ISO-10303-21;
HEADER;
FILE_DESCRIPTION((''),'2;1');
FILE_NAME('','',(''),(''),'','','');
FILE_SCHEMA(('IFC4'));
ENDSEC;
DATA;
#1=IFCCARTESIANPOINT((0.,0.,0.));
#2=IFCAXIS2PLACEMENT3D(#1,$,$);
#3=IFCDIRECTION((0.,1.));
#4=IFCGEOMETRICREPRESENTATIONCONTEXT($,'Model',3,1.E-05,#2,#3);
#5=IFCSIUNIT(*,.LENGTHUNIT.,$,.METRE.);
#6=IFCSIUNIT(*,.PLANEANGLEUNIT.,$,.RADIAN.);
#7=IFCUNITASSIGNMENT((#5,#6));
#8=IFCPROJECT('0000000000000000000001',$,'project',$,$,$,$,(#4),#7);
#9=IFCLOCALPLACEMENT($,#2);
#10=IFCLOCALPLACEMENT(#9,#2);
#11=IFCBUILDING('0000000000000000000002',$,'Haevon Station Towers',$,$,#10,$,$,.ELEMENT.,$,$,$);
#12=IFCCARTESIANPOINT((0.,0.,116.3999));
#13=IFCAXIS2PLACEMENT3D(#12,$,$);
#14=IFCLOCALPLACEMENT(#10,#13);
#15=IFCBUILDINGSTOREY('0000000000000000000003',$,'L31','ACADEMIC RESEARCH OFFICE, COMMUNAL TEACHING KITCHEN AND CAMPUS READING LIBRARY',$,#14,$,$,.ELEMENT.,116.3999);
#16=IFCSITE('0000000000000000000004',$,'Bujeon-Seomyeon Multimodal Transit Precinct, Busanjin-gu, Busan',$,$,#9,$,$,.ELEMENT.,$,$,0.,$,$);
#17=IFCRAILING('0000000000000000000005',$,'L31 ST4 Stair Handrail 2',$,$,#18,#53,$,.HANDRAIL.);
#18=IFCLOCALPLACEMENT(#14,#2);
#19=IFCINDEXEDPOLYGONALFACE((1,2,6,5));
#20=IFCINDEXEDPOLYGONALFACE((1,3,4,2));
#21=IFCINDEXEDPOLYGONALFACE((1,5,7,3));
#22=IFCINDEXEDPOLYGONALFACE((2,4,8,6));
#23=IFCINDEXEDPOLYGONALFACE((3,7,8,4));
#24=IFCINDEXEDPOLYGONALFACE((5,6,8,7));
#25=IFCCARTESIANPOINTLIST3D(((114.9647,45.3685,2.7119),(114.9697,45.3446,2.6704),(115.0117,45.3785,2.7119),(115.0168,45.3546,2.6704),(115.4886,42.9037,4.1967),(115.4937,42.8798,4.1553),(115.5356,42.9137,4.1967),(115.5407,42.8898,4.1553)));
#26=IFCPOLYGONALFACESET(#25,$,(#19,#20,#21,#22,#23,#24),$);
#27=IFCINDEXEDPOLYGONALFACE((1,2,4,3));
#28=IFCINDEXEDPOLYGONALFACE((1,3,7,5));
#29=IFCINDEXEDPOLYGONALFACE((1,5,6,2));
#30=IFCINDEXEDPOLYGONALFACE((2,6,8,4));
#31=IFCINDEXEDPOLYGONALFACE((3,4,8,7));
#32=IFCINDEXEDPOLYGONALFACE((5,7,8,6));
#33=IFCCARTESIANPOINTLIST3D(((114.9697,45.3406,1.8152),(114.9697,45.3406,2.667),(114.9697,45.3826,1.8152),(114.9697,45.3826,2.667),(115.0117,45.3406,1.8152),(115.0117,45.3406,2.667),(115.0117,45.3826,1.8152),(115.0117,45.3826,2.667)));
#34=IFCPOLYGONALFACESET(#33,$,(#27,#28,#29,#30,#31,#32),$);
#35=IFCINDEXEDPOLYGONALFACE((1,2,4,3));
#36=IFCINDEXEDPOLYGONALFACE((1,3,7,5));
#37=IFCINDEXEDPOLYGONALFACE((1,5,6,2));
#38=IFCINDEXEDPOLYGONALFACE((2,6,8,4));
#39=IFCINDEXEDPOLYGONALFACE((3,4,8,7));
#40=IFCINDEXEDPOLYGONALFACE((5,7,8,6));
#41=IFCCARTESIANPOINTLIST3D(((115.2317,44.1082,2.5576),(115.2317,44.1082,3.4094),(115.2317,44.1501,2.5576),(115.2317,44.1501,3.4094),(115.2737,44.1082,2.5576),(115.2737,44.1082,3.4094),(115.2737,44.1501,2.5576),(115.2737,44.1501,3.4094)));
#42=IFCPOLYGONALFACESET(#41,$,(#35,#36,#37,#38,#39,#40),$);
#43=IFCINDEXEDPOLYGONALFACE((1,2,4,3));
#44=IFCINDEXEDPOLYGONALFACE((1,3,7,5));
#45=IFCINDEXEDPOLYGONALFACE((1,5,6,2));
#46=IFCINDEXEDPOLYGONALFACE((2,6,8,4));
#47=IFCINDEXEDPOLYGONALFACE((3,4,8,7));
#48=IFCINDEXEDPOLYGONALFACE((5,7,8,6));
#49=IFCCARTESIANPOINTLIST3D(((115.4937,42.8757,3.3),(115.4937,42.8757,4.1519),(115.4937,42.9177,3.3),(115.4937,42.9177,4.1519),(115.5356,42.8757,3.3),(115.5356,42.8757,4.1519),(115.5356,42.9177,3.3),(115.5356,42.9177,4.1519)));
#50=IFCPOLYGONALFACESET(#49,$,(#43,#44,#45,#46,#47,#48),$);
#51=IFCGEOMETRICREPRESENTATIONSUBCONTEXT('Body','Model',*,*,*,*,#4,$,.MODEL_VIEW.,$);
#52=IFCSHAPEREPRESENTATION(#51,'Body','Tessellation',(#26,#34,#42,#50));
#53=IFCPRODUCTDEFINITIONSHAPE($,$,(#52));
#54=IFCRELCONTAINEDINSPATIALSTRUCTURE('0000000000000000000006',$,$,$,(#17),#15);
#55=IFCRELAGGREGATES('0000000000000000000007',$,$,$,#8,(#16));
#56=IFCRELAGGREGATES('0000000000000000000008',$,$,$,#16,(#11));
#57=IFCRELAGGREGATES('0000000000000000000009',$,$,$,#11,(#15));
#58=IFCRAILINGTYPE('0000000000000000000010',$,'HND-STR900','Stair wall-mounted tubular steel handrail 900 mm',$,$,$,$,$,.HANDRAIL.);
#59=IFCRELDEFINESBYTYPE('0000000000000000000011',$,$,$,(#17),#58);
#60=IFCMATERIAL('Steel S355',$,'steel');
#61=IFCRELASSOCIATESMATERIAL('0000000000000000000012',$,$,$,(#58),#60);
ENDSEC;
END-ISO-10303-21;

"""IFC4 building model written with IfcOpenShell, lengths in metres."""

from ifc_helpers import new_model, si_unit, direction, frame, origin, origin_2d, place, context, subcontext, project, spatial, rectangle, extrude, material, type_object, element, save


model = new_model("IFC4")

# Units and contexts
model_context = context("Model", 3, precision=1e-05, world=origin(), true_north=direction((0.0, 1.0)))
body_context = subcontext(model_context, "Body", "Model", "MODEL_VIEW")
ifc_project = project(units=[si_unit("LENGTHUNIT", "METRE"), si_unit("PLANEANGLEUNIT", "RADIAN")], contexts=[model_context])

# Site, building, storey
site_placement = place(None, origin())
site = spatial("IfcSite", under=ifc_project, at=site_placement, Name="Bujeon-Seomyeon Multimodal Transit Precinct, Busanjin-gu, Busan", CompositionType="ELEMENT", RefElevation=0.0)
building_placement = place(site_placement, origin())
building = spatial("IfcBuilding", under=site, at=building_placement, Name="Haevon Station Towers", CompositionType="ELEMENT")
storey_placement = place(building_placement, frame((0.0, 0.0, 116.3999)))
storey = spatial("IfcBuildingStorey", under=building, at=storey_placement, Name="L31", Description="ACADEMIC RESEARCH OFFICE, COMMUNAL TEACHING KITCHEN AND CAMPUS READING LIBRARY", CompositionType="ELEMENT", Elevation=116.3999)

# Shared definitions
ifc_material_1 = material(Name="Steel S355", Category="steel")

# Railing
railing_type_1 = type_object("IfcRailingType", Name="HND-STR900", Description="Stair wall-mounted tubular steel handrail 900 mm", PredefinedType="HANDRAIL", material=ifc_material_1)
railing_1_placement = place(storey_placement, frame((114.9907, 45.3616, 1.8152)))
element("IfcRailing", 1, at=railing_1_placement, inside=storey, type_object=railing_type_1, Name="L31 ST4 Stair Handrail 2", PredefinedType="HANDRAIL", context=body_context, shape_type="SweptSolid", body=[
    extrude(rectangle(XDim=0.0481, YDim=0.0481, at=origin_2d()), frame((0.0, 0.0, 0.876), z_axis=(0.179129, -0.842724, 0.507671), x_axis=(0.978147, 0.207914, 0.0)), (0.0, 0.0, 1.0), 2.9248),
    extrude(rectangle(XDim=0.042, YDim=0.042, at=origin_2d()), origin(), (0.0, 0.0, 1.0), 0.8518),
    extrude(rectangle(XDim=0.042, YDim=0.042, at=origin_2d()), frame((0.262, -1.2324, 0.7424)), (0.0, 0.0, 1.0), 0.8518),
    extrude(rectangle(XDim=0.042, YDim=0.042, at=origin_2d()), frame((0.5239, -2.4648, 1.4849)), (0.0, 0.0, 1.0), 0.8518),
])

save(model, "model.ifc")
